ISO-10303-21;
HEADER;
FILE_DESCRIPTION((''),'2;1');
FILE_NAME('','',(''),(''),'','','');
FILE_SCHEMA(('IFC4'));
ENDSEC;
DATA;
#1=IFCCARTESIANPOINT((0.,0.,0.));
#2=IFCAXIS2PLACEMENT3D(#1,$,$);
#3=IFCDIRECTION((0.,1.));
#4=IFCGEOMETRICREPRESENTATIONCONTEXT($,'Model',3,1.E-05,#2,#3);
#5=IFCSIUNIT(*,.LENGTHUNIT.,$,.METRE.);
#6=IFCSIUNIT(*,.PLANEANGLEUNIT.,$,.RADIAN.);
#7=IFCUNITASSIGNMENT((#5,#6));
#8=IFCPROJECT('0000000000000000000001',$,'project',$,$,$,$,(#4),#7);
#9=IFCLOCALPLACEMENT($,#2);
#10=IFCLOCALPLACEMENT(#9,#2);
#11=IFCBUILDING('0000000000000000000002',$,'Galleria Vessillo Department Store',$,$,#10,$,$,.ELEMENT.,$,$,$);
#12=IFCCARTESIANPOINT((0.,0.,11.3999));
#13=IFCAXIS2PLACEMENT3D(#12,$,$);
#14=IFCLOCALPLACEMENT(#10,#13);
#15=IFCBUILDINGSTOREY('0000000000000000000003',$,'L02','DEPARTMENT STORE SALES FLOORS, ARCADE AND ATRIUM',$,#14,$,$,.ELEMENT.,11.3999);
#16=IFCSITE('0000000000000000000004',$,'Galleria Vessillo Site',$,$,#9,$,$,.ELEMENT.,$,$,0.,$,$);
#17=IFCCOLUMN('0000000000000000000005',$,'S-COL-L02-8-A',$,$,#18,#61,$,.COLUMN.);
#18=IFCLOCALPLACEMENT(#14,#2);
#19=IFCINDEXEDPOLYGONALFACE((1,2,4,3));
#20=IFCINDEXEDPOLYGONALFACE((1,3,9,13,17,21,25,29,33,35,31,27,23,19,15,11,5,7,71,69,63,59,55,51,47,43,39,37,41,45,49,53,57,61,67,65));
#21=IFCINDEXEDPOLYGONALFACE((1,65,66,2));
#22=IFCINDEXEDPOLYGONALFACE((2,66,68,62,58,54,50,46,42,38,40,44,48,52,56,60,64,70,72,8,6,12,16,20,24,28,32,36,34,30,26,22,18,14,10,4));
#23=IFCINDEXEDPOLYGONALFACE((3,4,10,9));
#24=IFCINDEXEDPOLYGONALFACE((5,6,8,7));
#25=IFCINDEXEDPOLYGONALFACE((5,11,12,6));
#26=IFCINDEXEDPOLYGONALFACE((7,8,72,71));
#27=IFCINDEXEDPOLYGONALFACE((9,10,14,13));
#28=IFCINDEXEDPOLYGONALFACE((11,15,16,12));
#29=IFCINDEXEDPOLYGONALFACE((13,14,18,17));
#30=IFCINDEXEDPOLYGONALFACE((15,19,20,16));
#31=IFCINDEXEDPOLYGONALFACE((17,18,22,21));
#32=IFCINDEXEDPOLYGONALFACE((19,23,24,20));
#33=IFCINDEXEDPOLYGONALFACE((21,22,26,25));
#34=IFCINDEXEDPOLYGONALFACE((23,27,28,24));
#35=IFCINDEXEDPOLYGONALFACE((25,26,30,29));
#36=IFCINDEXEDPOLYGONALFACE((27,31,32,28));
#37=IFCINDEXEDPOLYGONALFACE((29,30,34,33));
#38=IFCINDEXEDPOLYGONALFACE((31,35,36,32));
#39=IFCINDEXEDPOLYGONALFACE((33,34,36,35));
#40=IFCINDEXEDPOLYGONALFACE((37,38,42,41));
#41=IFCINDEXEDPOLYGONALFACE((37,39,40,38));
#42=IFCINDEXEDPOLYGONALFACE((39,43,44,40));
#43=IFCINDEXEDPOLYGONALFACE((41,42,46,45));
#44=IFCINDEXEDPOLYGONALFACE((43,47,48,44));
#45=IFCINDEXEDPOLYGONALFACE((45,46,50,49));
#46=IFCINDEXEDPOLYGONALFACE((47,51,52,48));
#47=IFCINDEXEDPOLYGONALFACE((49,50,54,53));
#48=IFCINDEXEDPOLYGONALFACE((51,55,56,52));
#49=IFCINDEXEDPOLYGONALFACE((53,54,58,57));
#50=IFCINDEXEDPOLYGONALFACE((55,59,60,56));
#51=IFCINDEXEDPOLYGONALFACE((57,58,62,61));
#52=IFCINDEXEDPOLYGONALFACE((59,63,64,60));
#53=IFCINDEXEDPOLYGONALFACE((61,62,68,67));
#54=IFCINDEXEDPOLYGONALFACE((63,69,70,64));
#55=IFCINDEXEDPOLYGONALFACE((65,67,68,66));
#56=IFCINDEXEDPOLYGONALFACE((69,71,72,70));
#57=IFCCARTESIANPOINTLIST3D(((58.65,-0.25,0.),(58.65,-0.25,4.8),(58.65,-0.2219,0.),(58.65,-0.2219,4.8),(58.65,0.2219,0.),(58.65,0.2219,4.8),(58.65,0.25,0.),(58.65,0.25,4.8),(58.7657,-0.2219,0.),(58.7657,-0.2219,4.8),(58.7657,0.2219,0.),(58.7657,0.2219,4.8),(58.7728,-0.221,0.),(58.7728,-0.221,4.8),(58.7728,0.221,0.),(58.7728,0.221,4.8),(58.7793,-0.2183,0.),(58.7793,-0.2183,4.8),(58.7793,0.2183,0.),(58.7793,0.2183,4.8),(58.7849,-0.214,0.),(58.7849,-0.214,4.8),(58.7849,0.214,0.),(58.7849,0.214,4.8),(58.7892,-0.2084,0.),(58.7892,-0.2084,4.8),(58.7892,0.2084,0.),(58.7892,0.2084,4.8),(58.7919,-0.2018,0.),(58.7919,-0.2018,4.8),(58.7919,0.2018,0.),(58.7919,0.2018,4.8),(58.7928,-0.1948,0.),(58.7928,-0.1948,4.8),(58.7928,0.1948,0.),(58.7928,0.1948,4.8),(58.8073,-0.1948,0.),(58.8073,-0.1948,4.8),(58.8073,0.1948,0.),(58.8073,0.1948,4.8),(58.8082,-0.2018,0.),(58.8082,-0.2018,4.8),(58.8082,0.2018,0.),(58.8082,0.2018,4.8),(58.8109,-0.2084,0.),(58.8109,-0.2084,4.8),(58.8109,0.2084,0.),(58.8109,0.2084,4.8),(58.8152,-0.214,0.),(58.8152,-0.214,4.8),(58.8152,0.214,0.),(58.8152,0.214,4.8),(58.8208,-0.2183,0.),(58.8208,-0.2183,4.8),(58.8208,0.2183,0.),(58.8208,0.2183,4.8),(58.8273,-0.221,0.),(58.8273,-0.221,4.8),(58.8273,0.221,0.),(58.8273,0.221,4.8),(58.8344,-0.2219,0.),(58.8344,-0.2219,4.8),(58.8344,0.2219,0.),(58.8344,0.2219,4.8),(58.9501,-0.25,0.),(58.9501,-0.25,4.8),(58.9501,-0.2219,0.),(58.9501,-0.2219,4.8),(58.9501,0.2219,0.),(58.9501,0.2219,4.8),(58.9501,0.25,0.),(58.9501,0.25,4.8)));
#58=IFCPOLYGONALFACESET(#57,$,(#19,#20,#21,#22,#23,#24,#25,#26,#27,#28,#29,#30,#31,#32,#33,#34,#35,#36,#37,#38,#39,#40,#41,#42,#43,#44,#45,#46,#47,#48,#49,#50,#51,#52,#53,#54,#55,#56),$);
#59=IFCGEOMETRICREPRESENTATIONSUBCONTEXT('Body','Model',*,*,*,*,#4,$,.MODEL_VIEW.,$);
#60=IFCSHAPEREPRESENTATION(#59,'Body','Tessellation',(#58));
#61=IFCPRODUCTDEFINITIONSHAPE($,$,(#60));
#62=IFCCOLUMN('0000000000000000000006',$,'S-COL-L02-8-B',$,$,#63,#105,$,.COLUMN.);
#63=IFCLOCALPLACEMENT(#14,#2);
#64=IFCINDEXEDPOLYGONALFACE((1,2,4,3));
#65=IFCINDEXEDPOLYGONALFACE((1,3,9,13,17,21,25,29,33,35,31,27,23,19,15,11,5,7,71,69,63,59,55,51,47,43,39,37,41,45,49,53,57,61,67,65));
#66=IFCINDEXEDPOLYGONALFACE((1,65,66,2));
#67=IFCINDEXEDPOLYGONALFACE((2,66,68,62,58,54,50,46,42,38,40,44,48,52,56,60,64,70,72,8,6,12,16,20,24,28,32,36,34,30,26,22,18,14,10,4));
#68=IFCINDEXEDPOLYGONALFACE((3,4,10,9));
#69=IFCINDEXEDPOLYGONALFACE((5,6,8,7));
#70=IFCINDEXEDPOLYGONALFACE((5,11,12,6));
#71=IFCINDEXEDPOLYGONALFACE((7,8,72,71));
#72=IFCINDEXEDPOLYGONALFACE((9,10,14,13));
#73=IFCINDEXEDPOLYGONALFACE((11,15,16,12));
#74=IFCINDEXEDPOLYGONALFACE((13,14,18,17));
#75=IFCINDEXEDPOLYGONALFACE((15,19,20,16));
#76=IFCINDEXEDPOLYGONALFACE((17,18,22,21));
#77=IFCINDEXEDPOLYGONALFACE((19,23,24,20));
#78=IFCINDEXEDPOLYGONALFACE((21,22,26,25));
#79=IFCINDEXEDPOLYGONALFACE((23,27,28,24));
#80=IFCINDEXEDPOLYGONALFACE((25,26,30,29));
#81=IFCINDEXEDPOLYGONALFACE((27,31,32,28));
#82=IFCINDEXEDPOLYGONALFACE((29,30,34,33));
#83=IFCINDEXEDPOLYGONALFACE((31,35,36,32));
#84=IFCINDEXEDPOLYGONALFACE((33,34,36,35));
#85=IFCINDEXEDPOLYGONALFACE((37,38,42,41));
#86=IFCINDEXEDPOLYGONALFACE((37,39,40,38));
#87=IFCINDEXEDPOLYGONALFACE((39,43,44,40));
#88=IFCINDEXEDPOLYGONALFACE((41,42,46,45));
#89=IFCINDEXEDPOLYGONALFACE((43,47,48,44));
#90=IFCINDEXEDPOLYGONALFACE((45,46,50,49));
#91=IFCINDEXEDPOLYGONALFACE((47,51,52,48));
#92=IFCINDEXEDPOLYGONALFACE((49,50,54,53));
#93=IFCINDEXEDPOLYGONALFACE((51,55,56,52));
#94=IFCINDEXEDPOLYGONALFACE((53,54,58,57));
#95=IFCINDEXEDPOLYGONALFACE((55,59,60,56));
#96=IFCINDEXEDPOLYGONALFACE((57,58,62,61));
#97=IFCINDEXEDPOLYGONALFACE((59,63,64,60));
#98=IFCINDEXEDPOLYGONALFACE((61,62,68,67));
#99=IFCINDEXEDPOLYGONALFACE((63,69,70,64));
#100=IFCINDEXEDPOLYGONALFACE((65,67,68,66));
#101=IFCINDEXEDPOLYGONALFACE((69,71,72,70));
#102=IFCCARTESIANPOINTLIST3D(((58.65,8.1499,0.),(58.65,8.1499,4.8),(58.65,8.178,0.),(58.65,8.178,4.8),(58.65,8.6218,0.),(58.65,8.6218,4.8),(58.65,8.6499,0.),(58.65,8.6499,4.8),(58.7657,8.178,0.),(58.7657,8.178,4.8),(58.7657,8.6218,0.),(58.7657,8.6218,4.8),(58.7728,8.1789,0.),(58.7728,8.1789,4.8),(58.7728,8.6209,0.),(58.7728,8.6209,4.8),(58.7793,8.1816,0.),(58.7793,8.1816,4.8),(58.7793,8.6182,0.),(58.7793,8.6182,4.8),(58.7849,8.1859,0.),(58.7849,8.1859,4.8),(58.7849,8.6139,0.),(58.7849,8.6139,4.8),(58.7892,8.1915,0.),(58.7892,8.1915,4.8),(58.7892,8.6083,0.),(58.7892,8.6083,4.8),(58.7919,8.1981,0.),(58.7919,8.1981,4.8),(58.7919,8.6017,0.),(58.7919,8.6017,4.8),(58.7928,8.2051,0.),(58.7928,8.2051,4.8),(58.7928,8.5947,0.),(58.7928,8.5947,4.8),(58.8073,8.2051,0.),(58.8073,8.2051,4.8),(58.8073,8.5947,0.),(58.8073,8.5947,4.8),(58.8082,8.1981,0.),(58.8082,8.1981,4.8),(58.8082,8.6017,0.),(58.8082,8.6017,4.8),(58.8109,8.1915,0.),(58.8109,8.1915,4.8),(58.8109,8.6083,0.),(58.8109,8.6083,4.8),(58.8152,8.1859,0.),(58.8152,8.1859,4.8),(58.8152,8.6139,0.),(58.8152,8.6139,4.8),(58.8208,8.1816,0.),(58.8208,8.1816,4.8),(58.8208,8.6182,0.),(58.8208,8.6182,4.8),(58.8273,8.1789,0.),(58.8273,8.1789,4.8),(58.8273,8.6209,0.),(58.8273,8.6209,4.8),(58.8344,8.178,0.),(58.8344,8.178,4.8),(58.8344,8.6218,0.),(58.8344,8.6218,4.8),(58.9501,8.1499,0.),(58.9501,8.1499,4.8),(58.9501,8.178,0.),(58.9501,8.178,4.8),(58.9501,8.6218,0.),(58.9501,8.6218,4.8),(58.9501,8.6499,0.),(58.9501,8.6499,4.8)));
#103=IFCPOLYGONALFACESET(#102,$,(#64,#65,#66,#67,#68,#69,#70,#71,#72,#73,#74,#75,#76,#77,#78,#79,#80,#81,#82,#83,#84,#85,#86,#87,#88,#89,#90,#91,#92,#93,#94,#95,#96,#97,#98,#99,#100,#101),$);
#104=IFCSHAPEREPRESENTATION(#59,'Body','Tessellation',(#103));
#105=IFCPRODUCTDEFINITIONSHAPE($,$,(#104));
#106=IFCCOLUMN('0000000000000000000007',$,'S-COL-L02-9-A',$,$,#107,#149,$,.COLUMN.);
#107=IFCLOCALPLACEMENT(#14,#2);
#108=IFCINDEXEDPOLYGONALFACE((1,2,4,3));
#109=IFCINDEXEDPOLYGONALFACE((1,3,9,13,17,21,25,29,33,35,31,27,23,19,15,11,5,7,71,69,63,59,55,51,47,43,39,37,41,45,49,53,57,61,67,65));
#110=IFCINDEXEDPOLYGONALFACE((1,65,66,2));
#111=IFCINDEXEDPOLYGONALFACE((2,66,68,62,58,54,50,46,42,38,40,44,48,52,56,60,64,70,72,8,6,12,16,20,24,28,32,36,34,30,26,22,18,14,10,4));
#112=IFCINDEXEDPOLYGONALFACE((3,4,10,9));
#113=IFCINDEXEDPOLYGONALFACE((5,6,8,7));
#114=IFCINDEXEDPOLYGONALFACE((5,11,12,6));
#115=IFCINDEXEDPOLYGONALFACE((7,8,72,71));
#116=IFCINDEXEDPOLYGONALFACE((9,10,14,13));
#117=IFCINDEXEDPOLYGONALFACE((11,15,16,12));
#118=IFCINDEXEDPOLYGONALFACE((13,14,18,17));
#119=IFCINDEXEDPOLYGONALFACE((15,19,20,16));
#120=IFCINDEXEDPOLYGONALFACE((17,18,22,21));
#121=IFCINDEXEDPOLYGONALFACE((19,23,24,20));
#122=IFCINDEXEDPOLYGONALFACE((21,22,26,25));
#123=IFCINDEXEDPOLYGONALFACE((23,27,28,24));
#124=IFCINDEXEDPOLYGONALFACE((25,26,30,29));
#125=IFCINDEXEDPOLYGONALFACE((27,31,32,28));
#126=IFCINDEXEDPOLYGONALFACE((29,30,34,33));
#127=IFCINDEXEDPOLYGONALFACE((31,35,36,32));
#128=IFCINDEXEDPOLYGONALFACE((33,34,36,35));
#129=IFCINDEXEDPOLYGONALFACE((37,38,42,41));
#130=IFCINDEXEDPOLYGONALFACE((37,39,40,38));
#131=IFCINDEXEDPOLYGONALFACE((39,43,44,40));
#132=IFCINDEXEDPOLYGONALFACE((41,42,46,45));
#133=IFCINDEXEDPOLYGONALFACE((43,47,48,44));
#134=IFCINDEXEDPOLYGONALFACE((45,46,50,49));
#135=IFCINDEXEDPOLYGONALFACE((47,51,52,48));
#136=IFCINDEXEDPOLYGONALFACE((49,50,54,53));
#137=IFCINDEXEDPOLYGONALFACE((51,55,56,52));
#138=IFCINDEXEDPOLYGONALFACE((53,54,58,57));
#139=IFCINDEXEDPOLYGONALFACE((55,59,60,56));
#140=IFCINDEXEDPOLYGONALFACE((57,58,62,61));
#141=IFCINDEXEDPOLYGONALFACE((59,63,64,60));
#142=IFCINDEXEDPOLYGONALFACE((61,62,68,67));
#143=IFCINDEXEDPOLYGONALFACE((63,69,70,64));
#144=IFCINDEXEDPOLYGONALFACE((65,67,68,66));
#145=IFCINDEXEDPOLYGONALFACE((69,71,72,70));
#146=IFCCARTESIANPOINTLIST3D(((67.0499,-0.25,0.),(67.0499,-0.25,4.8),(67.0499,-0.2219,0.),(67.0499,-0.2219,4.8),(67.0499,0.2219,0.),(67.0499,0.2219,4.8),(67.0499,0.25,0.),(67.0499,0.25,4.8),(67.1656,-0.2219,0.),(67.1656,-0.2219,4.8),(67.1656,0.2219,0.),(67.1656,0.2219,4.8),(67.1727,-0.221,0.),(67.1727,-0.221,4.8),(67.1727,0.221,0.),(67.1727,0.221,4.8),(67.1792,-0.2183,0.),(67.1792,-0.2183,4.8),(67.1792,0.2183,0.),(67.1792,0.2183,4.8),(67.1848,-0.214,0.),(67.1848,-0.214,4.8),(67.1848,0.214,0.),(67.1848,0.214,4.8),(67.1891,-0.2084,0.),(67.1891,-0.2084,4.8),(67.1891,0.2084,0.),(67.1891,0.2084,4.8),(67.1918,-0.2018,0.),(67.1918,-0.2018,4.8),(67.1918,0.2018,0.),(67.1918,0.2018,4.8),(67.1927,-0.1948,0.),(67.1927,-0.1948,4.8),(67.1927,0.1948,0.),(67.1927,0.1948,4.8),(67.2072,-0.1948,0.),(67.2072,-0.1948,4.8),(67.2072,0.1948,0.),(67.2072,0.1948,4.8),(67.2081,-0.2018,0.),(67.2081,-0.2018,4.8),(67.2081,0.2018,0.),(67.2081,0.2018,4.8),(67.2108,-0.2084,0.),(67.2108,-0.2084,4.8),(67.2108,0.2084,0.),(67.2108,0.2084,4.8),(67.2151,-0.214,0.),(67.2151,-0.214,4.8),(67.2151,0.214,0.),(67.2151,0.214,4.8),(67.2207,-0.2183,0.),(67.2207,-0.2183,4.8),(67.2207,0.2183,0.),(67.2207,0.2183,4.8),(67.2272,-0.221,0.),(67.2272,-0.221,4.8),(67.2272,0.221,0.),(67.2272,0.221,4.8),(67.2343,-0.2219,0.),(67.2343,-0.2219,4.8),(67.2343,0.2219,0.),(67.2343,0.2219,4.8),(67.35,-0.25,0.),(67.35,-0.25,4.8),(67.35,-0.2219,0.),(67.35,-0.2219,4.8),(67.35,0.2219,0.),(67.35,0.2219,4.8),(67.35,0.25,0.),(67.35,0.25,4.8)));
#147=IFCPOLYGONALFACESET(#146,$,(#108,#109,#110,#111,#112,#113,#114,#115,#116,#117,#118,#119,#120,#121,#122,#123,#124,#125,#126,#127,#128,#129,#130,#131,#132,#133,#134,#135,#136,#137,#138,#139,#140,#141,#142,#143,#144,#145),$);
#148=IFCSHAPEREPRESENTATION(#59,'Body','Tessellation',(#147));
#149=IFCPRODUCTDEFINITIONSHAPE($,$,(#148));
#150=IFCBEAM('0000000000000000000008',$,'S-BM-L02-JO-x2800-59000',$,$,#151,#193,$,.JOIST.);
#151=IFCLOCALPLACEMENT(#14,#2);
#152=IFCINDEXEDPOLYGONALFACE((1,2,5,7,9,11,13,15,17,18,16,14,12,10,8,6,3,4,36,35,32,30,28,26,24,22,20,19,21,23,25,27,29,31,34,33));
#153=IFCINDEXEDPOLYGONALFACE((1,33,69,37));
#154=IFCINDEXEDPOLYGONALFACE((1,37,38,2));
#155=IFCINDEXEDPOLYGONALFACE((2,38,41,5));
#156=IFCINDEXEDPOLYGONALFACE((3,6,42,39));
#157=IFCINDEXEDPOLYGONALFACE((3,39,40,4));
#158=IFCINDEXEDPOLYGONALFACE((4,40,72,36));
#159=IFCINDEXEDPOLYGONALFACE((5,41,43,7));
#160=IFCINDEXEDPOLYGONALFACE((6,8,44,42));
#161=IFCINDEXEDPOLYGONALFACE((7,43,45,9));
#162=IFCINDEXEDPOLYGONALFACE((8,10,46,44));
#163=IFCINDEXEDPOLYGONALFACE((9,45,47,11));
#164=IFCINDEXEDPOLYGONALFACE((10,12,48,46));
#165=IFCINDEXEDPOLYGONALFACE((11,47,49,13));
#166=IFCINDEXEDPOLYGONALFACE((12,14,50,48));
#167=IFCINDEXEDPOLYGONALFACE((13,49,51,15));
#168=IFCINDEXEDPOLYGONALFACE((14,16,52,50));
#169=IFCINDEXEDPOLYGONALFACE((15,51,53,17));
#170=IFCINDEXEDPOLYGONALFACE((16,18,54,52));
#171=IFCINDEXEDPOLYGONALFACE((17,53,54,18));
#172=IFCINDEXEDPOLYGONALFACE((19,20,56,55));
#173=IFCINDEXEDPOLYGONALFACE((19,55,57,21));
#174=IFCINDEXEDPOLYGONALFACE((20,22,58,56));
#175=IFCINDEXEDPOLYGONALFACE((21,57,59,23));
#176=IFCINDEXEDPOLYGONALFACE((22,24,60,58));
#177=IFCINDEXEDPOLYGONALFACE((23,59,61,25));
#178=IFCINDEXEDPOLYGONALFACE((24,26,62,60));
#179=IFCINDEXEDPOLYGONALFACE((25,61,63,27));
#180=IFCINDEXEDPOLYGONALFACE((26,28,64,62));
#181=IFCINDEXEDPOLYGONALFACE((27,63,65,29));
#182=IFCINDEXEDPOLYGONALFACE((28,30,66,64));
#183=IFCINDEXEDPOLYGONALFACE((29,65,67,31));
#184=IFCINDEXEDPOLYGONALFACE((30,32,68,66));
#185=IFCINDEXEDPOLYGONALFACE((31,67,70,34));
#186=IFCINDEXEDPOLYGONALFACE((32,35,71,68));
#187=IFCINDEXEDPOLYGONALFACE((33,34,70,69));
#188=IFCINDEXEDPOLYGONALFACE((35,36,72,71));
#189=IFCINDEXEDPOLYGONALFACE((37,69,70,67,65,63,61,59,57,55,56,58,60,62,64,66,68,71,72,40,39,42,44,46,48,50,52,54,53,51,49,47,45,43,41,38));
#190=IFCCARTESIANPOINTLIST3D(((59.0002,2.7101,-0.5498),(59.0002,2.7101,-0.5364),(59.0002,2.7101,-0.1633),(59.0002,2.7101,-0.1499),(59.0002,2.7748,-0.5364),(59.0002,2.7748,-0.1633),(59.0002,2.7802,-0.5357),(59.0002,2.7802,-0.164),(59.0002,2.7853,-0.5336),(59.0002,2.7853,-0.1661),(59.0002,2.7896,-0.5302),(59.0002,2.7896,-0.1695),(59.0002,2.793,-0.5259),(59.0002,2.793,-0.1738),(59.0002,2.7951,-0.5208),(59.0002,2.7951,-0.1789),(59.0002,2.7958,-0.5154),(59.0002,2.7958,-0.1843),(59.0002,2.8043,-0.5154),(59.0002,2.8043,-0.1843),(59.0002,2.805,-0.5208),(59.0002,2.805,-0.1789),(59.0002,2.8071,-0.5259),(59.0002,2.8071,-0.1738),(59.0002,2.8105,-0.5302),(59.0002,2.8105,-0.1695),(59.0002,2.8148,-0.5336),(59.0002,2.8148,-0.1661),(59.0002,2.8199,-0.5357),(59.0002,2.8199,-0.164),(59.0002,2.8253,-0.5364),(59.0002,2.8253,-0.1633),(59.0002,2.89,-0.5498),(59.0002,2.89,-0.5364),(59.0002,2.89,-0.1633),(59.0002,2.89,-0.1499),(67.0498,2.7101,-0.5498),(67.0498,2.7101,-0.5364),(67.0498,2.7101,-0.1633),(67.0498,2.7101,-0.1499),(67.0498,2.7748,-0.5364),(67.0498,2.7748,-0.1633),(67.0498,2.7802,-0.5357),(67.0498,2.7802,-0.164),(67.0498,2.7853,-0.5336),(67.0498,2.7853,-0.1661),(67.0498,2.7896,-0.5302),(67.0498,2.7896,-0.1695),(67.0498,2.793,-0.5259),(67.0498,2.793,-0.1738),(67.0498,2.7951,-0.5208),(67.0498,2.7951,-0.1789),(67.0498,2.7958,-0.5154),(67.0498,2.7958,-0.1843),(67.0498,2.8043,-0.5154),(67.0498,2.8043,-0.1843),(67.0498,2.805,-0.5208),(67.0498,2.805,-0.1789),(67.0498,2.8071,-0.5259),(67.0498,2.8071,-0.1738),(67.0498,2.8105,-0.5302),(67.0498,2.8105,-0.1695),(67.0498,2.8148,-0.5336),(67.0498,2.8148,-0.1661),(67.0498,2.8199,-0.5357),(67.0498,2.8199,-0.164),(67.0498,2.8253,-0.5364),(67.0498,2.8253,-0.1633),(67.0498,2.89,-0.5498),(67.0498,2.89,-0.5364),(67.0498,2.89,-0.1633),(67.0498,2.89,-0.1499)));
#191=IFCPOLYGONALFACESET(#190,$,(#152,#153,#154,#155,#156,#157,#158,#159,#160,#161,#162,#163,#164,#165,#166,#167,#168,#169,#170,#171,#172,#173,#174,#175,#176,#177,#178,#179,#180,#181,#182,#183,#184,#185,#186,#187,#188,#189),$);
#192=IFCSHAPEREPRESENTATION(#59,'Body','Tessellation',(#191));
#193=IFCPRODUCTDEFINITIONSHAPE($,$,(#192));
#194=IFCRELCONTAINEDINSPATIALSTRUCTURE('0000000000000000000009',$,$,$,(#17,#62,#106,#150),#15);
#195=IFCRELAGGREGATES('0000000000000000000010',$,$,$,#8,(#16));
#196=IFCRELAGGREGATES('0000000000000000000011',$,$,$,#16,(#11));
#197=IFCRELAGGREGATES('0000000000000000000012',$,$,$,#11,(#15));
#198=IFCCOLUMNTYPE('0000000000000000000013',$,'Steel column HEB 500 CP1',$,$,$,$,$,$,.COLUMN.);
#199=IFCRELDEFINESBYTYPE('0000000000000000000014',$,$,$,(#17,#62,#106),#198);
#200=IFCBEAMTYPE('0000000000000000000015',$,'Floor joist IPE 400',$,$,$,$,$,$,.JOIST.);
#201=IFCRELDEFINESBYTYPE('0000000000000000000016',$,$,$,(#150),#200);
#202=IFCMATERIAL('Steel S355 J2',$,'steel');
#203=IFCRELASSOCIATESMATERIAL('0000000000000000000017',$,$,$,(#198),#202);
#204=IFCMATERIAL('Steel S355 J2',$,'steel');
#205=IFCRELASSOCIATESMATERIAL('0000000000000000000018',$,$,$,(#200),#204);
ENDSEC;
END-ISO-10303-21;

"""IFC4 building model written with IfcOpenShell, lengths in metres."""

from ifc_helpers import new_model, si_unit, direction, frame, origin, origin_2d, place, context, subcontext, project, spatial, i_section, extrude, material, material_profile, profile_set, type_object, element, save


model = new_model("IFC4")

# Units and contexts
model_context = context("Model", 3, precision=1e-05, world=origin(), true_north=direction((0.0, 1.0)))
body_context = subcontext(model_context, "Body", "Model", "MODEL_VIEW")
ifc_project = project(units=[si_unit("LENGTHUNIT", "METRE"), si_unit("PLANEANGLEUNIT", "RADIAN")], contexts=[model_context])

# Site, building, storey
site_placement = place(None, origin())
site = spatial("IfcSite", under=ifc_project, at=site_placement, Name="Galleria Vessillo Site", CompositionType="ELEMENT", RefElevation=0.0)
building_placement = place(site_placement, origin())
building = spatial("IfcBuilding", under=site, at=building_placement, Name="Galleria Vessillo Department Store", CompositionType="ELEMENT")
storey_placement = place(building_placement, frame((0.0, 0.0, 11.3999)))
storey = spatial("IfcBuildingStorey", under=building, at=storey_placement, Name="L02", Description="DEPARTMENT STORE SALES FLOORS, ARCADE AND ATRIUM", CompositionType="ELEMENT", Elevation=11.3999)

# Columns
ifc_material_1 = material(Name="Steel S355 J2", Category="steel")
ifc_material_profile_1 = material_profile(ifc_material_1, i_section(OverallWidth=0.3, OverallDepth=0.5, WebThickness=0.0144, FlangeThickness=0.0281, FilletRadius=0.0271, at=origin_2d()), Name="HEB 500")
ifc_profile_set_1 = profile_set([ifc_material_profile_1], Name="Steel S355 J2")
column_type = type_object("IfcColumnType", Name="Steel column HEB 500 CP1", PredefinedType="COLUMN", material=ifc_profile_set_1)
for number, where, z_axis, x_axis, name in (
    (1, (58.8, 0.0, 0.0), (0.0, 0.0, 1.0), (1.0, 0.0, 0.0), "S-COL-L02-8-A"),
    (2, (58.8, 8.3999, 0.0), (0.0, 0.0, 1.0), (1.0, 0.0, 0.0), "S-COL-L02-8-B"),
    (3, (67.2, 0.0, 0.0), (0.0, 0.0, 1.0), (1.0, 0.0, 0.0), "S-COL-L02-9-A"),
):
    element("IfcColumn", number, at=place(storey_placement, frame(where, z_axis=z_axis, x_axis=x_axis)), inside=storey, type_object=column_type, Name=name, PredefinedType="COLUMN", context=body_context, shape_type="SweptSolid", body=[
        extrude(i_section(OverallWidth=0.3, OverallDepth=0.5, WebThickness=0.0144, FlangeThickness=0.0281, FilletRadius=0.0271, at=origin_2d()), origin(), (0.0, 0.0, 1.0), 4.8),
    ])

# Beam
ifc_material_2 = material(Name="Steel S355 J2", Category="steel")
ifc_material_profile_2 = material_profile(ifc_material_2, i_section(OverallWidth=0.1799, OverallDepth=0.3999, WebThickness=0.0085, FlangeThickness=0.0134, FilletRadius=0.021, at=origin_2d()), Name="IPE 400")
ifc_profile_set_2 = profile_set([ifc_material_profile_2], Name="Steel S355 J2")
beam_type_1 = type_object("IfcBeamType", Name="Floor joist IPE 400", PredefinedType="JOIST", material=ifc_profile_set_2)
for number, where, z_axis, x_axis, name in (
    (4, (59.0002, 2.8, -0.3499), (1.0, 0.0, 0.0), (0.0, 1.0, 0.0), "S-BM-L02-JO-x2800-59000"),
):
    element("IfcBeam", number, at=place(storey_placement, frame(where, z_axis=z_axis, x_axis=x_axis)), inside=storey, type_object=beam_type_1, Name=name, PredefinedType="JOIST", context=body_context, shape_type="SweptSolid", body=[
        extrude(i_section(OverallWidth=0.1799, OverallDepth=0.3999, WebThickness=0.0085, FlangeThickness=0.0134, FilletRadius=0.021, at=origin_2d()), origin(), (0.0, 0.0, 1.0), 8.0496),
    ])

save(model, "model.ifc")
